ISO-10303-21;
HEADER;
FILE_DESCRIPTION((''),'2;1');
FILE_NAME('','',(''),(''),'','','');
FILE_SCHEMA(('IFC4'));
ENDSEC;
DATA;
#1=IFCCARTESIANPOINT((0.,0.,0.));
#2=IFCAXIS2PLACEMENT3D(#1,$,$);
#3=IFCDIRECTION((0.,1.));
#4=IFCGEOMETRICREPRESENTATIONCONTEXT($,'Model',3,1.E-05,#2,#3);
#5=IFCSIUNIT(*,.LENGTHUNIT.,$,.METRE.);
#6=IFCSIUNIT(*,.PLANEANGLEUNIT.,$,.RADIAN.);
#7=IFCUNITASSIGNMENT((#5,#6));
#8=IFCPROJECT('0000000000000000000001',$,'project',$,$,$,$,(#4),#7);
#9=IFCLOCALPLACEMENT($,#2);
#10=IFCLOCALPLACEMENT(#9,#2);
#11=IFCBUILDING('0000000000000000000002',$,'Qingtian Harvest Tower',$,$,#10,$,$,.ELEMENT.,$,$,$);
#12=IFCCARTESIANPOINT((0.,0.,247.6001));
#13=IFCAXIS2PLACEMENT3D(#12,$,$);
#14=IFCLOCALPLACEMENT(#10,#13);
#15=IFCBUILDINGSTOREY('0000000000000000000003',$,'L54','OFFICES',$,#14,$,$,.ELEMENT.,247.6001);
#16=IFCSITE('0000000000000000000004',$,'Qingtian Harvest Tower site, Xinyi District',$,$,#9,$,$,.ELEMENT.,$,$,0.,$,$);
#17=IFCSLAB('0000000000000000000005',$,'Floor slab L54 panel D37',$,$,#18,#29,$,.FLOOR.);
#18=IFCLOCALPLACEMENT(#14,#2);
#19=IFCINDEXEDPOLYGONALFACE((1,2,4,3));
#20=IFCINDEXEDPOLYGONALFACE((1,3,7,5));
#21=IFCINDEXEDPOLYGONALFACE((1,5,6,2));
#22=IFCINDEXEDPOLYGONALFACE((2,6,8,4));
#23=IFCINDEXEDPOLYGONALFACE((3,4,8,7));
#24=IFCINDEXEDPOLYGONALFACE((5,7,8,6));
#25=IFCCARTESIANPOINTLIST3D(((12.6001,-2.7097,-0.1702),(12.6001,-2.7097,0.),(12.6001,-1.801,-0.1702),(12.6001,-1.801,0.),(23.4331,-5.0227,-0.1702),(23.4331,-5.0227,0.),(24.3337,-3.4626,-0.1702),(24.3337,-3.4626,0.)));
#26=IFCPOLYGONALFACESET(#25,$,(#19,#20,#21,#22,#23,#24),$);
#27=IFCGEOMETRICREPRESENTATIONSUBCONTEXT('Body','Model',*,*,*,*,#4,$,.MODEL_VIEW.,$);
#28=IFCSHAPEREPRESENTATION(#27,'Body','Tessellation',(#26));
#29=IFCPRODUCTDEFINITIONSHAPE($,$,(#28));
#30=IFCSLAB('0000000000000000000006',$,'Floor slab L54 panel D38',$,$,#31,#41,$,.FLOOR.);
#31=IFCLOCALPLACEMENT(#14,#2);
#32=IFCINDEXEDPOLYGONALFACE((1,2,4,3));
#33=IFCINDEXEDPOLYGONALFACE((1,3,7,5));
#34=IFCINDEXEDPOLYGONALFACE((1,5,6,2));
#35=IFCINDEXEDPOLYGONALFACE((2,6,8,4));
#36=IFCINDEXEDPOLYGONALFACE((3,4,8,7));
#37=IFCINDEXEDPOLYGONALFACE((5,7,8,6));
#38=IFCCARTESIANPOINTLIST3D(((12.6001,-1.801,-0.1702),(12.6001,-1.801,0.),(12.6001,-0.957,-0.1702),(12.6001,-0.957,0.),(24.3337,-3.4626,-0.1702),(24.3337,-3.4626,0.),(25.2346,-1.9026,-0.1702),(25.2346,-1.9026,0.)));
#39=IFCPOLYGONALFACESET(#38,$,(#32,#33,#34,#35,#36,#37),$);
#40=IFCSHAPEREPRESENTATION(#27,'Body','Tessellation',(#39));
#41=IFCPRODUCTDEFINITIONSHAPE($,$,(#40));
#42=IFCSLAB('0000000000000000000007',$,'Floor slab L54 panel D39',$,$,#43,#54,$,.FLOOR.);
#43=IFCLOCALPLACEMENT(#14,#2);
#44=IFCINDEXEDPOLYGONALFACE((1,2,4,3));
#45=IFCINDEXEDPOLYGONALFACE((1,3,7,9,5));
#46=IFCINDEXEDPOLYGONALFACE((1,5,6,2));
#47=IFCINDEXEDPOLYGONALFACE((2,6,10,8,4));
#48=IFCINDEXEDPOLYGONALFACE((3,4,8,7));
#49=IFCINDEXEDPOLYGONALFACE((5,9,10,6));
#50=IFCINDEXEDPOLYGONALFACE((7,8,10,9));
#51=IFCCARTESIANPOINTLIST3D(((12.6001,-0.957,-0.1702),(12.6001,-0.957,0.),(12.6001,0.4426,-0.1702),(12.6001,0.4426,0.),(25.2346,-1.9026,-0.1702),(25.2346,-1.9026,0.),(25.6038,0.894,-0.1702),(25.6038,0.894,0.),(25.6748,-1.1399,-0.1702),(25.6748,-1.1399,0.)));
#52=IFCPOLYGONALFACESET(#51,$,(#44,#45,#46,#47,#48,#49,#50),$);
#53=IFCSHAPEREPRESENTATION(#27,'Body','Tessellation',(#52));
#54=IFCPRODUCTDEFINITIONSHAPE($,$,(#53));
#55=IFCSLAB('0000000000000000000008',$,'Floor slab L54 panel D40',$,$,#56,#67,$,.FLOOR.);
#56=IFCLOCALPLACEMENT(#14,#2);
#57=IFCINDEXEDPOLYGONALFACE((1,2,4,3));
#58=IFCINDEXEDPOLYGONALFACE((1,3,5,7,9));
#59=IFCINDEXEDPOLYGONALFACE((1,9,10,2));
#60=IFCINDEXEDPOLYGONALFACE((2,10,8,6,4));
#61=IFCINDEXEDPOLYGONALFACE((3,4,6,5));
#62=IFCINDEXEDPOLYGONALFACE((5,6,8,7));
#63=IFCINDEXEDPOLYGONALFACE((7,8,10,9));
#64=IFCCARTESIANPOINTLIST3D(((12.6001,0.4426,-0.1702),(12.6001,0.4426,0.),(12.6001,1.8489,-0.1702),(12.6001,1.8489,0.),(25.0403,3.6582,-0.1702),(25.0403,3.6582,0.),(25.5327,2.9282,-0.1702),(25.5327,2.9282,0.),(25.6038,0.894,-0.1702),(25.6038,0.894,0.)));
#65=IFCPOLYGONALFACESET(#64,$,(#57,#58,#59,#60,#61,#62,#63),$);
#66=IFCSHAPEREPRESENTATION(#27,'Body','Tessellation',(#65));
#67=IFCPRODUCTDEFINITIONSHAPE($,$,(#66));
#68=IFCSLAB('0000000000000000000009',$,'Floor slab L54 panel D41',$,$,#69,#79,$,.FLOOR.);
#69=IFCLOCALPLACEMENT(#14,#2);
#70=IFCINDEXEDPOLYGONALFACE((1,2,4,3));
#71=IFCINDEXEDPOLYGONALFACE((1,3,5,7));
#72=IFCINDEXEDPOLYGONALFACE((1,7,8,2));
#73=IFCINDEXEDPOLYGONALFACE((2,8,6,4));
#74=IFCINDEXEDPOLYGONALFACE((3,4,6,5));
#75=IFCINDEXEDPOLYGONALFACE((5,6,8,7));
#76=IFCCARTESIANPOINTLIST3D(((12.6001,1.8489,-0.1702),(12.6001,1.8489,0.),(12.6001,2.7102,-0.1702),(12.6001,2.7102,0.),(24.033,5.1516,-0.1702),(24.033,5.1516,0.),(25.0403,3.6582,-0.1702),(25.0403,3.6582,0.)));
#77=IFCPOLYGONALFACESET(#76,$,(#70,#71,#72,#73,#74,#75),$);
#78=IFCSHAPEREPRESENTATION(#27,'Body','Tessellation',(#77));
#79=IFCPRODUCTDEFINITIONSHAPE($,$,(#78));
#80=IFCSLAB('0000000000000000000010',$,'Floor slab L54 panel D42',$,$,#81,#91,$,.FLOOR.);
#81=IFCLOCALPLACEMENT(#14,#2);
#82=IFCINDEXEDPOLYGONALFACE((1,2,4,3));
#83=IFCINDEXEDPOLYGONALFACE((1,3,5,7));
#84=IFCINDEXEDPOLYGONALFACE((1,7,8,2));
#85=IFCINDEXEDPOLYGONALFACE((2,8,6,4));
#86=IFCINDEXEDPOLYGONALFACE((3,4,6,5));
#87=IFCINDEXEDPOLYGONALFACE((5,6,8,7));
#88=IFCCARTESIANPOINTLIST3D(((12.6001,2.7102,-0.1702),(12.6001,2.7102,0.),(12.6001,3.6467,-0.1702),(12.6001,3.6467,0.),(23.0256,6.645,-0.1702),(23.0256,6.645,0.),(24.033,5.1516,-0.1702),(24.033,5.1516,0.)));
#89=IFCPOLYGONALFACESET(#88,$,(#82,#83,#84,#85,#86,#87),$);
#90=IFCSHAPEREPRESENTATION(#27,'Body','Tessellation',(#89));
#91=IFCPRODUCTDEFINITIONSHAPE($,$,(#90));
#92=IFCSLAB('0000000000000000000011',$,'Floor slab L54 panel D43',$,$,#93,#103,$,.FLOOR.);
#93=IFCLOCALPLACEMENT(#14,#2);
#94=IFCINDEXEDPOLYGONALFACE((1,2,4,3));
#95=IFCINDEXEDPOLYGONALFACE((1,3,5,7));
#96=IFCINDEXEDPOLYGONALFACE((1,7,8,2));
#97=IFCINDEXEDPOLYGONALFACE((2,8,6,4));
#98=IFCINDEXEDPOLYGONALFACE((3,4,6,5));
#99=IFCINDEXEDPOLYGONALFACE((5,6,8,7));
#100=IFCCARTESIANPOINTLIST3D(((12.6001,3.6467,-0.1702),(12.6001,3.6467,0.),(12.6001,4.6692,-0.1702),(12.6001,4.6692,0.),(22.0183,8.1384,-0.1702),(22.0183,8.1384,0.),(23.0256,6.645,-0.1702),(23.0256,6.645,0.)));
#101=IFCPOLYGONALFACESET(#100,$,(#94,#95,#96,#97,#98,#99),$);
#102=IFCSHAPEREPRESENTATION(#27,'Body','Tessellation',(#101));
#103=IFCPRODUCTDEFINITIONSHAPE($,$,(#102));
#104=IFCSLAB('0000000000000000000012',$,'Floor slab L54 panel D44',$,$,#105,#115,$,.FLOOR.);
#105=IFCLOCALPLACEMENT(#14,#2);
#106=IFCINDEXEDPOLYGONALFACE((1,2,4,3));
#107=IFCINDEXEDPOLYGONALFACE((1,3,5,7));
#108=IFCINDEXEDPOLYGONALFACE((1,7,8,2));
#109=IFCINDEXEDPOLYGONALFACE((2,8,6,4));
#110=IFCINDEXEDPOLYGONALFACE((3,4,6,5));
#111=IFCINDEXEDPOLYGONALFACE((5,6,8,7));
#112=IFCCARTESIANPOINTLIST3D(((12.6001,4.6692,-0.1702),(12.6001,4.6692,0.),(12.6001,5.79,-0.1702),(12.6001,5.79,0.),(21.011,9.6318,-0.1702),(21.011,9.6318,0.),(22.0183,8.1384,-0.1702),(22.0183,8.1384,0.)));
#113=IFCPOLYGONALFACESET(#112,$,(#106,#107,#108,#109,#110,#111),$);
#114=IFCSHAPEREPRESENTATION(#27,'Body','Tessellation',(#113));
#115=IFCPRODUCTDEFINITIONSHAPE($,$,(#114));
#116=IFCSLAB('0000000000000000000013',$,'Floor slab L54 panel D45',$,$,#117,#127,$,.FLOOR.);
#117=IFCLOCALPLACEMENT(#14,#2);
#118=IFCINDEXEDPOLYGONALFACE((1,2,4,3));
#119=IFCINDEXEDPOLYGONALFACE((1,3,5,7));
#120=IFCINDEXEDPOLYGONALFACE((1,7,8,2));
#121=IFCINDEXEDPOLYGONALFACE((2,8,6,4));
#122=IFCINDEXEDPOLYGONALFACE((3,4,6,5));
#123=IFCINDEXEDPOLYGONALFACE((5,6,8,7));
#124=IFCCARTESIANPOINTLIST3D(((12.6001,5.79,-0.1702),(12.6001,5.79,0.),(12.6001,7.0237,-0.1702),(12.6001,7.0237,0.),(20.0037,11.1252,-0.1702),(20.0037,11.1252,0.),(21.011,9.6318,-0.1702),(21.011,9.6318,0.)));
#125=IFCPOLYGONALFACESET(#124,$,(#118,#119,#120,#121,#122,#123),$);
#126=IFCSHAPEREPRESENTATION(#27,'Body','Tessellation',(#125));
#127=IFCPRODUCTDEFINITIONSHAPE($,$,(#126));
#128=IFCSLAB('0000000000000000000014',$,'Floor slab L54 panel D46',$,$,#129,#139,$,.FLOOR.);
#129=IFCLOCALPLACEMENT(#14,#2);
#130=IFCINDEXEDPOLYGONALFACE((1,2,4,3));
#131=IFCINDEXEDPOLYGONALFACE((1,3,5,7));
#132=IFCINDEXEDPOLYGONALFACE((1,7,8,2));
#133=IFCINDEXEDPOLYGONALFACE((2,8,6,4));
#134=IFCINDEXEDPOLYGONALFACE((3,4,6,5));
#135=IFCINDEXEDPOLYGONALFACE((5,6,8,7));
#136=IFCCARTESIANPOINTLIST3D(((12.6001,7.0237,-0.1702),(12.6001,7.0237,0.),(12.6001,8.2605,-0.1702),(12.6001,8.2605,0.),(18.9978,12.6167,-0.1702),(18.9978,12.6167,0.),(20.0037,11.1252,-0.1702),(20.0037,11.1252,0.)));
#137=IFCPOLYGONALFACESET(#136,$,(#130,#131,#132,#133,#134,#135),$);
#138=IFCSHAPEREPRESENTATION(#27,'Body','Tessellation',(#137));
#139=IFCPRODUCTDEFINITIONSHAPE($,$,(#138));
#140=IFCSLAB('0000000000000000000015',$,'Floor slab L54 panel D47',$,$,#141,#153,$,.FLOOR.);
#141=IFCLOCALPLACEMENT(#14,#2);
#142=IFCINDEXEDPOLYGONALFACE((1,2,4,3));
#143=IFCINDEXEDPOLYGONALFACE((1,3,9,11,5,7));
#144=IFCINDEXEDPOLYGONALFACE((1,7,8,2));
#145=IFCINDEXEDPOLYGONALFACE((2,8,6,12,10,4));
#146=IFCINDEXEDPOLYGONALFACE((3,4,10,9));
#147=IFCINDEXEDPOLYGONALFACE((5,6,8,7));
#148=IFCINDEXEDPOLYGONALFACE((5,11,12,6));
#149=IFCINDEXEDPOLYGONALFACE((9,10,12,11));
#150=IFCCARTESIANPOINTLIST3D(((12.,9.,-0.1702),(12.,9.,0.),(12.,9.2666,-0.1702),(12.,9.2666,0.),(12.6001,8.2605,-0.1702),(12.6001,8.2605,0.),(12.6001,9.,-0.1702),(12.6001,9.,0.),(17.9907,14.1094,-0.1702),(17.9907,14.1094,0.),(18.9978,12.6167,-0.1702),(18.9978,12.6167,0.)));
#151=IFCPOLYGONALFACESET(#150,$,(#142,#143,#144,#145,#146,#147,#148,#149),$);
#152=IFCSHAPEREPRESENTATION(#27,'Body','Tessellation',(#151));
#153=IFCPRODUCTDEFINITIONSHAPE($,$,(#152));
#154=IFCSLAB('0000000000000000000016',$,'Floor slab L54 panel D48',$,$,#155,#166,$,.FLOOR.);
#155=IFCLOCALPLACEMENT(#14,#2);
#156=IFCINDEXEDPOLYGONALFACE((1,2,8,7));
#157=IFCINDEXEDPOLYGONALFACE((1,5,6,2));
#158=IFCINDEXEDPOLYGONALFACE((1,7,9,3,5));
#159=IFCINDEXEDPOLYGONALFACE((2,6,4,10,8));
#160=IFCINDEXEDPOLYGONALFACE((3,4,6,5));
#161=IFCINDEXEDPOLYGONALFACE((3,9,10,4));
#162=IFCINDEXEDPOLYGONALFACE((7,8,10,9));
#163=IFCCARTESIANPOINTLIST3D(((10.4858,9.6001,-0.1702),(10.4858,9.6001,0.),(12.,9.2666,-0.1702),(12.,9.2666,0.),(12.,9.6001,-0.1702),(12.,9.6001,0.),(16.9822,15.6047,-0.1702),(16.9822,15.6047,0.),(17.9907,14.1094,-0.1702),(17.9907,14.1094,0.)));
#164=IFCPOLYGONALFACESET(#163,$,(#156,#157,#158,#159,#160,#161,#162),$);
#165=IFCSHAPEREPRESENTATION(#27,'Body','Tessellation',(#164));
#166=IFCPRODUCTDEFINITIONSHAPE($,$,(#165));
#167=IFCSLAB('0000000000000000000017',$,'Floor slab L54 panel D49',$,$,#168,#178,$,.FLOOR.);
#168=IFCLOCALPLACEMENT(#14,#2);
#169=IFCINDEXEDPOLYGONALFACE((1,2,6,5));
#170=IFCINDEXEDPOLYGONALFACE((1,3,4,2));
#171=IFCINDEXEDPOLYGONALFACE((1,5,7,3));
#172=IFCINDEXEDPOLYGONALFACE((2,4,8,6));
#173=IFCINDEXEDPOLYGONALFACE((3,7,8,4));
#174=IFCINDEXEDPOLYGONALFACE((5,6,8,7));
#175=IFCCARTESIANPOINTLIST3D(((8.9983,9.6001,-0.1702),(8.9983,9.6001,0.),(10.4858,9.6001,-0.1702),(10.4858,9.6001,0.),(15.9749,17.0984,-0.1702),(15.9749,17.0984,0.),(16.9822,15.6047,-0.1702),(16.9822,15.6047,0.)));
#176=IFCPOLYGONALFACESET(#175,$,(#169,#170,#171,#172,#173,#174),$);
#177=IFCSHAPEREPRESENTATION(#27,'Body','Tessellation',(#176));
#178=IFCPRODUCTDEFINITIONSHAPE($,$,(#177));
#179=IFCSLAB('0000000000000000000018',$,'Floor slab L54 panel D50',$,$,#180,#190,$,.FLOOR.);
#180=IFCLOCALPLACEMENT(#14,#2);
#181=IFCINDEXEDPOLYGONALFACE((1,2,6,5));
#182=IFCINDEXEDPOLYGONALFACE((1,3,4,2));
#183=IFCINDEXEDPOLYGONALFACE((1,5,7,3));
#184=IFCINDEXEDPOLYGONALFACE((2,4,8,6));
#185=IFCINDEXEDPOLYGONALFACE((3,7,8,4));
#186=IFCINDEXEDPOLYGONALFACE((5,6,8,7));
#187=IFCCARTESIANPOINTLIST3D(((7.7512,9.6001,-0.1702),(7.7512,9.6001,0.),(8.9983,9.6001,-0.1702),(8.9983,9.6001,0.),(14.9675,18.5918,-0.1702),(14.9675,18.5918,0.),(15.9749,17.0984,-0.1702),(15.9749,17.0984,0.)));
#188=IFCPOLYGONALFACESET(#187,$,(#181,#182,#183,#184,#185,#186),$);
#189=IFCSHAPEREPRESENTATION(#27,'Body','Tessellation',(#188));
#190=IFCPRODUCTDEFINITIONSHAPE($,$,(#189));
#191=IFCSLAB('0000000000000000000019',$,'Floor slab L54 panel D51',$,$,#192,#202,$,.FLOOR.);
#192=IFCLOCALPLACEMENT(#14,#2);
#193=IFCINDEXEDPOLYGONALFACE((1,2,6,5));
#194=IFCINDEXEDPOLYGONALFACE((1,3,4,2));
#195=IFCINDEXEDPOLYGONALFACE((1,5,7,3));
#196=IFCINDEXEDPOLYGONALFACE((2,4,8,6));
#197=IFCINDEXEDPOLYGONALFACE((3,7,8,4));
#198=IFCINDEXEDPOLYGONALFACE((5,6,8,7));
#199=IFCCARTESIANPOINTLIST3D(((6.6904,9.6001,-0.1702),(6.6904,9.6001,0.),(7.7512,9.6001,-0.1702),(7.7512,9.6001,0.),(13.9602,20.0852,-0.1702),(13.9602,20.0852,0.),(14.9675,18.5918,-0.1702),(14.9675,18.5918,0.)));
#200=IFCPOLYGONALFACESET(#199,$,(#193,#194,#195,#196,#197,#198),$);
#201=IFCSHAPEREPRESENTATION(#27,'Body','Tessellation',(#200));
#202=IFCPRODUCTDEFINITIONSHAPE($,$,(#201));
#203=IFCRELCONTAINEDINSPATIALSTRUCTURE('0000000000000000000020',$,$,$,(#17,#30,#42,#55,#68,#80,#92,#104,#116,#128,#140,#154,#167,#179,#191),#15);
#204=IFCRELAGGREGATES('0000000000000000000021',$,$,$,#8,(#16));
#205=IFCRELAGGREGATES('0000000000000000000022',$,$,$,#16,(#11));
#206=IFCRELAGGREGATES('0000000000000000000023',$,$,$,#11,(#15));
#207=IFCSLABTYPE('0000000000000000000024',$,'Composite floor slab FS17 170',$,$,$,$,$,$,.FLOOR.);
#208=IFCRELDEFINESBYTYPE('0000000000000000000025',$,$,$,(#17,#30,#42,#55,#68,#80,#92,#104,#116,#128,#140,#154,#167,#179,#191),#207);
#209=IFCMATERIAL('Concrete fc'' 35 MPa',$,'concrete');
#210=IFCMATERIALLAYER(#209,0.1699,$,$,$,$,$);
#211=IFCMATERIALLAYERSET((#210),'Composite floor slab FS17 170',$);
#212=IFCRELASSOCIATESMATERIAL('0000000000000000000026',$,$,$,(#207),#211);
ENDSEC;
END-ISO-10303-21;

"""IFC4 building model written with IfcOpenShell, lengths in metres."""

from ifc_helpers import new_model, si_unit, direction, frame, origin, place, context, subcontext, project, spatial, polyline, outline, extrude, material, layer, layer_set, type_object, element, save


model = new_model("IFC4")

# Units and contexts
model_context = context("Model", 3, precision=1e-05, world=origin(), true_north=direction((0.0, 1.0)))
body_context = subcontext(model_context, "Body", "Model", "MODEL_VIEW")
ifc_project = project(units=[si_unit("LENGTHUNIT", "METRE"), si_unit("PLANEANGLEUNIT", "RADIAN")], contexts=[model_context])

# Site, building, storey
site_placement = place(None, origin())
site = spatial("IfcSite", under=ifc_project, at=site_placement, Name="Qingtian Harvest Tower site, Xinyi District", CompositionType="ELEMENT", RefElevation=0.0)
building_placement = place(site_placement, origin())
building = spatial("IfcBuilding", under=site, at=building_placement, Name="Qingtian Harvest Tower", CompositionType="ELEMENT")
storey_placement = place(building_placement, frame((0.0, 0.0, 247.6001)))
storey = spatial("IfcBuildingStorey", under=building, at=storey_placement, Name="L54", Description="OFFICES", CompositionType="ELEMENT", Elevation=247.6001)

# Slabs
ifc_material_1 = material(Name="Concrete fc' 35 MPa", Category="concrete")
ifc_layer_1 = layer(ifc_material_1, 0.1699)
ifc_layer_set_1 = layer_set([ifc_layer_1], Name="Composite floor slab FS17 170")
slab_type = type_object("IfcSlabType", Name="Composite floor slab FS17 170", PredefinedType="FLOOR", material=ifc_layer_set_1)
slab_1_placement = place(storey_placement, frame((0.0, 0.0, -0.1702)))
element("IfcSlab", 1, at=slab_1_placement, inside=storey, type_object=slab_type, Name="Floor slab L54 panel D37", PredefinedType="FLOOR", context=body_context, shape_type="SweptSolid", body=[
    extrude(outline(polyline([(12.6001, -1.801), (24.3337, -3.4626), (23.4331, -5.0227), (12.6001, -2.7097), (12.6001, -1.801)])), origin(), (0.0, 0.0, 1.0), 0.1702),
])
slab_2_placement = place(storey_placement, frame((0.0, 0.0, -0.1702)))
element("IfcSlab", 2, at=slab_2_placement, inside=storey, type_object=slab_type, Name="Floor slab L54 panel D38", PredefinedType="FLOOR", context=body_context, shape_type="SweptSolid", body=[
    extrude(outline(polyline([(12.6001, -0.957), (25.2346, -1.9026), (24.3337, -3.4626), (12.6001, -1.801), (12.6001, -0.957)])), origin(), (0.0, 0.0, 1.0), 0.1702),
])
slab_3_placement = place(storey_placement, frame((0.0, 0.0, -0.1702)))
element("IfcSlab", 3, at=slab_3_placement, inside=storey, type_object=slab_type, Name="Floor slab L54 panel D39", PredefinedType="FLOOR", context=body_context, shape_type="SweptSolid", body=[
    extrude(outline(polyline([(12.6001, -0.957), (12.6001, 0.4426), (25.6038, 0.894), (25.6748, -1.1399), (25.2346, -1.9026), (12.6001, -0.957)])), origin(), (0.0, 0.0, 1.0), 0.1702),
])
slab_4_placement = place(storey_placement, frame((0.0, 0.0, -0.1702)))
element("IfcSlab", 4, at=slab_4_placement, inside=storey, type_object=slab_type, Name="Floor slab L54 panel D40", PredefinedType="FLOOR", context=body_context, shape_type="SweptSolid", body=[
    extrude(outline(polyline([(12.6001, 0.4426), (12.6001, 1.8489), (25.0403, 3.6582), (25.5327, 2.9282), (25.6038, 0.894), (12.6001, 0.4426)])), origin(), (0.0, 0.0, 1.0), 0.1702),
])
slab_5_placement = place(storey_placement, frame((0.0, 0.0, -0.1702)))
element("IfcSlab", 5, at=slab_5_placement, inside=storey, type_object=slab_type, Name="Floor slab L54 panel D41", PredefinedType="FLOOR", context=body_context, shape_type="SweptSolid", body=[
    extrude(outline(polyline([(12.6001, 2.7102), (24.033, 5.1516), (25.0403, 3.6582), (12.6001, 1.8489), (12.6001, 2.7102)])), origin(), (0.0, 0.0, 1.0), 0.1702),
])
slab_6_placement = place(storey_placement, frame((0.0, 0.0, -0.1702)))
element("IfcSlab", 6, at=slab_6_placement, inside=storey, type_object=slab_type, Name="Floor slab L54 panel D42", PredefinedType="FLOOR", context=body_context, shape_type="SweptSolid", body=[
    extrude(outline(polyline([(12.6001, 3.6467), (23.0256, 6.645), (24.033, 5.1516), (12.6001, 2.7102), (12.6001, 3.6467)])), origin(), (0.0, 0.0, 1.0), 0.1702),
])
slab_7_placement = place(storey_placement, frame((0.0, 0.0, -0.1702)))
element("IfcSlab", 7, at=slab_7_placement, inside=storey, type_object=slab_type, Name="Floor slab L54 panel D43", PredefinedType="FLOOR", context=body_context, shape_type="SweptSolid", body=[
    extrude(outline(polyline([(12.6001, 4.6692), (22.0183, 8.1384), (23.0256, 6.645), (12.6001, 3.6467), (12.6001, 4.6692)])), origin(), (0.0, 0.0, 1.0), 0.1702),
])
slab_8_placement = place(storey_placement, frame((0.0, 0.0, -0.1702)))
element("IfcSlab", 8, at=slab_8_placement, inside=storey, type_object=slab_type, Name="Floor slab L54 panel D44", PredefinedType="FLOOR", context=body_context, shape_type="SweptSolid", body=[
    extrude(outline(polyline([(12.6001, 5.79), (21.011, 9.6318), (22.0183, 8.1384), (12.6001, 4.6692), (12.6001, 5.79)])), origin(), (0.0, 0.0, 1.0), 0.1702),
])
slab_9_placement = place(storey_placement, frame((0.0, 0.0, -0.1702)))
element("IfcSlab", 9, at=slab_9_placement, inside=storey, type_object=slab_type, Name="Floor slab L54 panel D45", PredefinedType="FLOOR", context=body_context, shape_type="SweptSolid", body=[
    extrude(outline(polyline([(12.6001, 7.0237), (20.0037, 11.1252), (21.011, 9.6318), (12.6001, 5.79), (12.6001, 7.0237)])), origin(), (0.0, 0.0, 1.0), 0.1702),
])
slab_10_placement = place(storey_placement, frame((0.0, 0.0, -0.1702)))
element("IfcSlab", 10, at=slab_10_placement, inside=storey, type_object=slab_type, Name="Floor slab L54 panel D46", PredefinedType="FLOOR", context=body_context, shape_type="SweptSolid", body=[
    extrude(outline(polyline([(12.6001, 8.2605), (18.9978, 12.6167), (20.0037, 11.1252), (12.6001, 7.0237), (12.6001, 8.2605)])), origin(), (0.0, 0.0, 1.0), 0.1702),
])
slab_11_placement = place(storey_placement, frame((0.0, 0.0, -0.1702)))
element("IfcSlab", 11, at=slab_11_placement, inside=storey, type_object=slab_type, Name="Floor slab L54 panel D47", PredefinedType="FLOOR", context=body_context, shape_type="SweptSolid", body=[
    extrude(outline(polyline([(12.6001, 9.0), (12.0, 9.0), (12.0, 9.2666), (17.9907, 14.1094), (18.9978, 12.6167), (12.6001, 8.2605), (12.6001, 9.0)])), origin(), (0.0, 0.0, 1.0), 0.1702),
])
slab_12_placement = place(storey_placement, frame((0.0, 0.0, -0.1702)))
element("IfcSlab", 12, at=slab_12_placement, inside=storey, type_object=slab_type, Name="Floor slab L54 panel D48", PredefinedType="FLOOR", context=body_context, shape_type="SweptSolid", body=[
    extrude(outline(polyline([(12.0, 9.6001), (10.4858, 9.6001), (16.9822, 15.6047), (17.9907, 14.1094), (12.0, 9.2666), (12.0, 9.6001)])), origin(), (0.0, 0.0, 1.0), 0.1702),
])
slab_13_placement = place(storey_placement, frame((0.0, 0.0, -0.1702)))
element("IfcSlab", 13, at=slab_13_placement, inside=storey, type_object=slab_type, Name="Floor slab L54 panel D49", PredefinedType="FLOOR", context=body_context, shape_type="SweptSolid", body=[
    extrude(outline(polyline([(8.9983, 9.6001), (15.9749, 17.0984), (16.9822, 15.6047), (10.4858, 9.6001), (8.9983, 9.6001)])), origin(), (0.0, 0.0, 1.0), 0.1702),
])
slab_14_placement = place(storey_placement, frame((0.0, 0.0, -0.1702)))
element("IfcSlab", 14, at=slab_14_placement, inside=storey, type_object=slab_type, Name="Floor slab L54 panel D50", PredefinedType="FLOOR", context=body_context, shape_type="SweptSolid", body=[
    extrude(outline(polyline([(7.7512, 9.6001), (14.9675, 18.5918), (15.9749, 17.0984), (8.9983, 9.6001), (7.7512, 9.6001)])), origin(), (0.0, 0.0, 1.0), 0.1702),
])
slab_15_placement = place(storey_placement, frame((0.0, 0.0, -0.1702)))
element("IfcSlab", 15, at=slab_15_placement, inside=storey, type_object=slab_type, Name="Floor slab L54 panel D51", PredefinedType="FLOOR", context=body_context, shape_type="SweptSolid", body=[
    extrude(outline(polyline([(6.6904, 9.6001), (13.9602, 20.0852), (14.9675, 18.5918), (7.7512, 9.6001), (6.6904, 9.6001)])), origin(), (0.0, 0.0, 1.0), 0.1702),
])

save(model, "model.ifc")
